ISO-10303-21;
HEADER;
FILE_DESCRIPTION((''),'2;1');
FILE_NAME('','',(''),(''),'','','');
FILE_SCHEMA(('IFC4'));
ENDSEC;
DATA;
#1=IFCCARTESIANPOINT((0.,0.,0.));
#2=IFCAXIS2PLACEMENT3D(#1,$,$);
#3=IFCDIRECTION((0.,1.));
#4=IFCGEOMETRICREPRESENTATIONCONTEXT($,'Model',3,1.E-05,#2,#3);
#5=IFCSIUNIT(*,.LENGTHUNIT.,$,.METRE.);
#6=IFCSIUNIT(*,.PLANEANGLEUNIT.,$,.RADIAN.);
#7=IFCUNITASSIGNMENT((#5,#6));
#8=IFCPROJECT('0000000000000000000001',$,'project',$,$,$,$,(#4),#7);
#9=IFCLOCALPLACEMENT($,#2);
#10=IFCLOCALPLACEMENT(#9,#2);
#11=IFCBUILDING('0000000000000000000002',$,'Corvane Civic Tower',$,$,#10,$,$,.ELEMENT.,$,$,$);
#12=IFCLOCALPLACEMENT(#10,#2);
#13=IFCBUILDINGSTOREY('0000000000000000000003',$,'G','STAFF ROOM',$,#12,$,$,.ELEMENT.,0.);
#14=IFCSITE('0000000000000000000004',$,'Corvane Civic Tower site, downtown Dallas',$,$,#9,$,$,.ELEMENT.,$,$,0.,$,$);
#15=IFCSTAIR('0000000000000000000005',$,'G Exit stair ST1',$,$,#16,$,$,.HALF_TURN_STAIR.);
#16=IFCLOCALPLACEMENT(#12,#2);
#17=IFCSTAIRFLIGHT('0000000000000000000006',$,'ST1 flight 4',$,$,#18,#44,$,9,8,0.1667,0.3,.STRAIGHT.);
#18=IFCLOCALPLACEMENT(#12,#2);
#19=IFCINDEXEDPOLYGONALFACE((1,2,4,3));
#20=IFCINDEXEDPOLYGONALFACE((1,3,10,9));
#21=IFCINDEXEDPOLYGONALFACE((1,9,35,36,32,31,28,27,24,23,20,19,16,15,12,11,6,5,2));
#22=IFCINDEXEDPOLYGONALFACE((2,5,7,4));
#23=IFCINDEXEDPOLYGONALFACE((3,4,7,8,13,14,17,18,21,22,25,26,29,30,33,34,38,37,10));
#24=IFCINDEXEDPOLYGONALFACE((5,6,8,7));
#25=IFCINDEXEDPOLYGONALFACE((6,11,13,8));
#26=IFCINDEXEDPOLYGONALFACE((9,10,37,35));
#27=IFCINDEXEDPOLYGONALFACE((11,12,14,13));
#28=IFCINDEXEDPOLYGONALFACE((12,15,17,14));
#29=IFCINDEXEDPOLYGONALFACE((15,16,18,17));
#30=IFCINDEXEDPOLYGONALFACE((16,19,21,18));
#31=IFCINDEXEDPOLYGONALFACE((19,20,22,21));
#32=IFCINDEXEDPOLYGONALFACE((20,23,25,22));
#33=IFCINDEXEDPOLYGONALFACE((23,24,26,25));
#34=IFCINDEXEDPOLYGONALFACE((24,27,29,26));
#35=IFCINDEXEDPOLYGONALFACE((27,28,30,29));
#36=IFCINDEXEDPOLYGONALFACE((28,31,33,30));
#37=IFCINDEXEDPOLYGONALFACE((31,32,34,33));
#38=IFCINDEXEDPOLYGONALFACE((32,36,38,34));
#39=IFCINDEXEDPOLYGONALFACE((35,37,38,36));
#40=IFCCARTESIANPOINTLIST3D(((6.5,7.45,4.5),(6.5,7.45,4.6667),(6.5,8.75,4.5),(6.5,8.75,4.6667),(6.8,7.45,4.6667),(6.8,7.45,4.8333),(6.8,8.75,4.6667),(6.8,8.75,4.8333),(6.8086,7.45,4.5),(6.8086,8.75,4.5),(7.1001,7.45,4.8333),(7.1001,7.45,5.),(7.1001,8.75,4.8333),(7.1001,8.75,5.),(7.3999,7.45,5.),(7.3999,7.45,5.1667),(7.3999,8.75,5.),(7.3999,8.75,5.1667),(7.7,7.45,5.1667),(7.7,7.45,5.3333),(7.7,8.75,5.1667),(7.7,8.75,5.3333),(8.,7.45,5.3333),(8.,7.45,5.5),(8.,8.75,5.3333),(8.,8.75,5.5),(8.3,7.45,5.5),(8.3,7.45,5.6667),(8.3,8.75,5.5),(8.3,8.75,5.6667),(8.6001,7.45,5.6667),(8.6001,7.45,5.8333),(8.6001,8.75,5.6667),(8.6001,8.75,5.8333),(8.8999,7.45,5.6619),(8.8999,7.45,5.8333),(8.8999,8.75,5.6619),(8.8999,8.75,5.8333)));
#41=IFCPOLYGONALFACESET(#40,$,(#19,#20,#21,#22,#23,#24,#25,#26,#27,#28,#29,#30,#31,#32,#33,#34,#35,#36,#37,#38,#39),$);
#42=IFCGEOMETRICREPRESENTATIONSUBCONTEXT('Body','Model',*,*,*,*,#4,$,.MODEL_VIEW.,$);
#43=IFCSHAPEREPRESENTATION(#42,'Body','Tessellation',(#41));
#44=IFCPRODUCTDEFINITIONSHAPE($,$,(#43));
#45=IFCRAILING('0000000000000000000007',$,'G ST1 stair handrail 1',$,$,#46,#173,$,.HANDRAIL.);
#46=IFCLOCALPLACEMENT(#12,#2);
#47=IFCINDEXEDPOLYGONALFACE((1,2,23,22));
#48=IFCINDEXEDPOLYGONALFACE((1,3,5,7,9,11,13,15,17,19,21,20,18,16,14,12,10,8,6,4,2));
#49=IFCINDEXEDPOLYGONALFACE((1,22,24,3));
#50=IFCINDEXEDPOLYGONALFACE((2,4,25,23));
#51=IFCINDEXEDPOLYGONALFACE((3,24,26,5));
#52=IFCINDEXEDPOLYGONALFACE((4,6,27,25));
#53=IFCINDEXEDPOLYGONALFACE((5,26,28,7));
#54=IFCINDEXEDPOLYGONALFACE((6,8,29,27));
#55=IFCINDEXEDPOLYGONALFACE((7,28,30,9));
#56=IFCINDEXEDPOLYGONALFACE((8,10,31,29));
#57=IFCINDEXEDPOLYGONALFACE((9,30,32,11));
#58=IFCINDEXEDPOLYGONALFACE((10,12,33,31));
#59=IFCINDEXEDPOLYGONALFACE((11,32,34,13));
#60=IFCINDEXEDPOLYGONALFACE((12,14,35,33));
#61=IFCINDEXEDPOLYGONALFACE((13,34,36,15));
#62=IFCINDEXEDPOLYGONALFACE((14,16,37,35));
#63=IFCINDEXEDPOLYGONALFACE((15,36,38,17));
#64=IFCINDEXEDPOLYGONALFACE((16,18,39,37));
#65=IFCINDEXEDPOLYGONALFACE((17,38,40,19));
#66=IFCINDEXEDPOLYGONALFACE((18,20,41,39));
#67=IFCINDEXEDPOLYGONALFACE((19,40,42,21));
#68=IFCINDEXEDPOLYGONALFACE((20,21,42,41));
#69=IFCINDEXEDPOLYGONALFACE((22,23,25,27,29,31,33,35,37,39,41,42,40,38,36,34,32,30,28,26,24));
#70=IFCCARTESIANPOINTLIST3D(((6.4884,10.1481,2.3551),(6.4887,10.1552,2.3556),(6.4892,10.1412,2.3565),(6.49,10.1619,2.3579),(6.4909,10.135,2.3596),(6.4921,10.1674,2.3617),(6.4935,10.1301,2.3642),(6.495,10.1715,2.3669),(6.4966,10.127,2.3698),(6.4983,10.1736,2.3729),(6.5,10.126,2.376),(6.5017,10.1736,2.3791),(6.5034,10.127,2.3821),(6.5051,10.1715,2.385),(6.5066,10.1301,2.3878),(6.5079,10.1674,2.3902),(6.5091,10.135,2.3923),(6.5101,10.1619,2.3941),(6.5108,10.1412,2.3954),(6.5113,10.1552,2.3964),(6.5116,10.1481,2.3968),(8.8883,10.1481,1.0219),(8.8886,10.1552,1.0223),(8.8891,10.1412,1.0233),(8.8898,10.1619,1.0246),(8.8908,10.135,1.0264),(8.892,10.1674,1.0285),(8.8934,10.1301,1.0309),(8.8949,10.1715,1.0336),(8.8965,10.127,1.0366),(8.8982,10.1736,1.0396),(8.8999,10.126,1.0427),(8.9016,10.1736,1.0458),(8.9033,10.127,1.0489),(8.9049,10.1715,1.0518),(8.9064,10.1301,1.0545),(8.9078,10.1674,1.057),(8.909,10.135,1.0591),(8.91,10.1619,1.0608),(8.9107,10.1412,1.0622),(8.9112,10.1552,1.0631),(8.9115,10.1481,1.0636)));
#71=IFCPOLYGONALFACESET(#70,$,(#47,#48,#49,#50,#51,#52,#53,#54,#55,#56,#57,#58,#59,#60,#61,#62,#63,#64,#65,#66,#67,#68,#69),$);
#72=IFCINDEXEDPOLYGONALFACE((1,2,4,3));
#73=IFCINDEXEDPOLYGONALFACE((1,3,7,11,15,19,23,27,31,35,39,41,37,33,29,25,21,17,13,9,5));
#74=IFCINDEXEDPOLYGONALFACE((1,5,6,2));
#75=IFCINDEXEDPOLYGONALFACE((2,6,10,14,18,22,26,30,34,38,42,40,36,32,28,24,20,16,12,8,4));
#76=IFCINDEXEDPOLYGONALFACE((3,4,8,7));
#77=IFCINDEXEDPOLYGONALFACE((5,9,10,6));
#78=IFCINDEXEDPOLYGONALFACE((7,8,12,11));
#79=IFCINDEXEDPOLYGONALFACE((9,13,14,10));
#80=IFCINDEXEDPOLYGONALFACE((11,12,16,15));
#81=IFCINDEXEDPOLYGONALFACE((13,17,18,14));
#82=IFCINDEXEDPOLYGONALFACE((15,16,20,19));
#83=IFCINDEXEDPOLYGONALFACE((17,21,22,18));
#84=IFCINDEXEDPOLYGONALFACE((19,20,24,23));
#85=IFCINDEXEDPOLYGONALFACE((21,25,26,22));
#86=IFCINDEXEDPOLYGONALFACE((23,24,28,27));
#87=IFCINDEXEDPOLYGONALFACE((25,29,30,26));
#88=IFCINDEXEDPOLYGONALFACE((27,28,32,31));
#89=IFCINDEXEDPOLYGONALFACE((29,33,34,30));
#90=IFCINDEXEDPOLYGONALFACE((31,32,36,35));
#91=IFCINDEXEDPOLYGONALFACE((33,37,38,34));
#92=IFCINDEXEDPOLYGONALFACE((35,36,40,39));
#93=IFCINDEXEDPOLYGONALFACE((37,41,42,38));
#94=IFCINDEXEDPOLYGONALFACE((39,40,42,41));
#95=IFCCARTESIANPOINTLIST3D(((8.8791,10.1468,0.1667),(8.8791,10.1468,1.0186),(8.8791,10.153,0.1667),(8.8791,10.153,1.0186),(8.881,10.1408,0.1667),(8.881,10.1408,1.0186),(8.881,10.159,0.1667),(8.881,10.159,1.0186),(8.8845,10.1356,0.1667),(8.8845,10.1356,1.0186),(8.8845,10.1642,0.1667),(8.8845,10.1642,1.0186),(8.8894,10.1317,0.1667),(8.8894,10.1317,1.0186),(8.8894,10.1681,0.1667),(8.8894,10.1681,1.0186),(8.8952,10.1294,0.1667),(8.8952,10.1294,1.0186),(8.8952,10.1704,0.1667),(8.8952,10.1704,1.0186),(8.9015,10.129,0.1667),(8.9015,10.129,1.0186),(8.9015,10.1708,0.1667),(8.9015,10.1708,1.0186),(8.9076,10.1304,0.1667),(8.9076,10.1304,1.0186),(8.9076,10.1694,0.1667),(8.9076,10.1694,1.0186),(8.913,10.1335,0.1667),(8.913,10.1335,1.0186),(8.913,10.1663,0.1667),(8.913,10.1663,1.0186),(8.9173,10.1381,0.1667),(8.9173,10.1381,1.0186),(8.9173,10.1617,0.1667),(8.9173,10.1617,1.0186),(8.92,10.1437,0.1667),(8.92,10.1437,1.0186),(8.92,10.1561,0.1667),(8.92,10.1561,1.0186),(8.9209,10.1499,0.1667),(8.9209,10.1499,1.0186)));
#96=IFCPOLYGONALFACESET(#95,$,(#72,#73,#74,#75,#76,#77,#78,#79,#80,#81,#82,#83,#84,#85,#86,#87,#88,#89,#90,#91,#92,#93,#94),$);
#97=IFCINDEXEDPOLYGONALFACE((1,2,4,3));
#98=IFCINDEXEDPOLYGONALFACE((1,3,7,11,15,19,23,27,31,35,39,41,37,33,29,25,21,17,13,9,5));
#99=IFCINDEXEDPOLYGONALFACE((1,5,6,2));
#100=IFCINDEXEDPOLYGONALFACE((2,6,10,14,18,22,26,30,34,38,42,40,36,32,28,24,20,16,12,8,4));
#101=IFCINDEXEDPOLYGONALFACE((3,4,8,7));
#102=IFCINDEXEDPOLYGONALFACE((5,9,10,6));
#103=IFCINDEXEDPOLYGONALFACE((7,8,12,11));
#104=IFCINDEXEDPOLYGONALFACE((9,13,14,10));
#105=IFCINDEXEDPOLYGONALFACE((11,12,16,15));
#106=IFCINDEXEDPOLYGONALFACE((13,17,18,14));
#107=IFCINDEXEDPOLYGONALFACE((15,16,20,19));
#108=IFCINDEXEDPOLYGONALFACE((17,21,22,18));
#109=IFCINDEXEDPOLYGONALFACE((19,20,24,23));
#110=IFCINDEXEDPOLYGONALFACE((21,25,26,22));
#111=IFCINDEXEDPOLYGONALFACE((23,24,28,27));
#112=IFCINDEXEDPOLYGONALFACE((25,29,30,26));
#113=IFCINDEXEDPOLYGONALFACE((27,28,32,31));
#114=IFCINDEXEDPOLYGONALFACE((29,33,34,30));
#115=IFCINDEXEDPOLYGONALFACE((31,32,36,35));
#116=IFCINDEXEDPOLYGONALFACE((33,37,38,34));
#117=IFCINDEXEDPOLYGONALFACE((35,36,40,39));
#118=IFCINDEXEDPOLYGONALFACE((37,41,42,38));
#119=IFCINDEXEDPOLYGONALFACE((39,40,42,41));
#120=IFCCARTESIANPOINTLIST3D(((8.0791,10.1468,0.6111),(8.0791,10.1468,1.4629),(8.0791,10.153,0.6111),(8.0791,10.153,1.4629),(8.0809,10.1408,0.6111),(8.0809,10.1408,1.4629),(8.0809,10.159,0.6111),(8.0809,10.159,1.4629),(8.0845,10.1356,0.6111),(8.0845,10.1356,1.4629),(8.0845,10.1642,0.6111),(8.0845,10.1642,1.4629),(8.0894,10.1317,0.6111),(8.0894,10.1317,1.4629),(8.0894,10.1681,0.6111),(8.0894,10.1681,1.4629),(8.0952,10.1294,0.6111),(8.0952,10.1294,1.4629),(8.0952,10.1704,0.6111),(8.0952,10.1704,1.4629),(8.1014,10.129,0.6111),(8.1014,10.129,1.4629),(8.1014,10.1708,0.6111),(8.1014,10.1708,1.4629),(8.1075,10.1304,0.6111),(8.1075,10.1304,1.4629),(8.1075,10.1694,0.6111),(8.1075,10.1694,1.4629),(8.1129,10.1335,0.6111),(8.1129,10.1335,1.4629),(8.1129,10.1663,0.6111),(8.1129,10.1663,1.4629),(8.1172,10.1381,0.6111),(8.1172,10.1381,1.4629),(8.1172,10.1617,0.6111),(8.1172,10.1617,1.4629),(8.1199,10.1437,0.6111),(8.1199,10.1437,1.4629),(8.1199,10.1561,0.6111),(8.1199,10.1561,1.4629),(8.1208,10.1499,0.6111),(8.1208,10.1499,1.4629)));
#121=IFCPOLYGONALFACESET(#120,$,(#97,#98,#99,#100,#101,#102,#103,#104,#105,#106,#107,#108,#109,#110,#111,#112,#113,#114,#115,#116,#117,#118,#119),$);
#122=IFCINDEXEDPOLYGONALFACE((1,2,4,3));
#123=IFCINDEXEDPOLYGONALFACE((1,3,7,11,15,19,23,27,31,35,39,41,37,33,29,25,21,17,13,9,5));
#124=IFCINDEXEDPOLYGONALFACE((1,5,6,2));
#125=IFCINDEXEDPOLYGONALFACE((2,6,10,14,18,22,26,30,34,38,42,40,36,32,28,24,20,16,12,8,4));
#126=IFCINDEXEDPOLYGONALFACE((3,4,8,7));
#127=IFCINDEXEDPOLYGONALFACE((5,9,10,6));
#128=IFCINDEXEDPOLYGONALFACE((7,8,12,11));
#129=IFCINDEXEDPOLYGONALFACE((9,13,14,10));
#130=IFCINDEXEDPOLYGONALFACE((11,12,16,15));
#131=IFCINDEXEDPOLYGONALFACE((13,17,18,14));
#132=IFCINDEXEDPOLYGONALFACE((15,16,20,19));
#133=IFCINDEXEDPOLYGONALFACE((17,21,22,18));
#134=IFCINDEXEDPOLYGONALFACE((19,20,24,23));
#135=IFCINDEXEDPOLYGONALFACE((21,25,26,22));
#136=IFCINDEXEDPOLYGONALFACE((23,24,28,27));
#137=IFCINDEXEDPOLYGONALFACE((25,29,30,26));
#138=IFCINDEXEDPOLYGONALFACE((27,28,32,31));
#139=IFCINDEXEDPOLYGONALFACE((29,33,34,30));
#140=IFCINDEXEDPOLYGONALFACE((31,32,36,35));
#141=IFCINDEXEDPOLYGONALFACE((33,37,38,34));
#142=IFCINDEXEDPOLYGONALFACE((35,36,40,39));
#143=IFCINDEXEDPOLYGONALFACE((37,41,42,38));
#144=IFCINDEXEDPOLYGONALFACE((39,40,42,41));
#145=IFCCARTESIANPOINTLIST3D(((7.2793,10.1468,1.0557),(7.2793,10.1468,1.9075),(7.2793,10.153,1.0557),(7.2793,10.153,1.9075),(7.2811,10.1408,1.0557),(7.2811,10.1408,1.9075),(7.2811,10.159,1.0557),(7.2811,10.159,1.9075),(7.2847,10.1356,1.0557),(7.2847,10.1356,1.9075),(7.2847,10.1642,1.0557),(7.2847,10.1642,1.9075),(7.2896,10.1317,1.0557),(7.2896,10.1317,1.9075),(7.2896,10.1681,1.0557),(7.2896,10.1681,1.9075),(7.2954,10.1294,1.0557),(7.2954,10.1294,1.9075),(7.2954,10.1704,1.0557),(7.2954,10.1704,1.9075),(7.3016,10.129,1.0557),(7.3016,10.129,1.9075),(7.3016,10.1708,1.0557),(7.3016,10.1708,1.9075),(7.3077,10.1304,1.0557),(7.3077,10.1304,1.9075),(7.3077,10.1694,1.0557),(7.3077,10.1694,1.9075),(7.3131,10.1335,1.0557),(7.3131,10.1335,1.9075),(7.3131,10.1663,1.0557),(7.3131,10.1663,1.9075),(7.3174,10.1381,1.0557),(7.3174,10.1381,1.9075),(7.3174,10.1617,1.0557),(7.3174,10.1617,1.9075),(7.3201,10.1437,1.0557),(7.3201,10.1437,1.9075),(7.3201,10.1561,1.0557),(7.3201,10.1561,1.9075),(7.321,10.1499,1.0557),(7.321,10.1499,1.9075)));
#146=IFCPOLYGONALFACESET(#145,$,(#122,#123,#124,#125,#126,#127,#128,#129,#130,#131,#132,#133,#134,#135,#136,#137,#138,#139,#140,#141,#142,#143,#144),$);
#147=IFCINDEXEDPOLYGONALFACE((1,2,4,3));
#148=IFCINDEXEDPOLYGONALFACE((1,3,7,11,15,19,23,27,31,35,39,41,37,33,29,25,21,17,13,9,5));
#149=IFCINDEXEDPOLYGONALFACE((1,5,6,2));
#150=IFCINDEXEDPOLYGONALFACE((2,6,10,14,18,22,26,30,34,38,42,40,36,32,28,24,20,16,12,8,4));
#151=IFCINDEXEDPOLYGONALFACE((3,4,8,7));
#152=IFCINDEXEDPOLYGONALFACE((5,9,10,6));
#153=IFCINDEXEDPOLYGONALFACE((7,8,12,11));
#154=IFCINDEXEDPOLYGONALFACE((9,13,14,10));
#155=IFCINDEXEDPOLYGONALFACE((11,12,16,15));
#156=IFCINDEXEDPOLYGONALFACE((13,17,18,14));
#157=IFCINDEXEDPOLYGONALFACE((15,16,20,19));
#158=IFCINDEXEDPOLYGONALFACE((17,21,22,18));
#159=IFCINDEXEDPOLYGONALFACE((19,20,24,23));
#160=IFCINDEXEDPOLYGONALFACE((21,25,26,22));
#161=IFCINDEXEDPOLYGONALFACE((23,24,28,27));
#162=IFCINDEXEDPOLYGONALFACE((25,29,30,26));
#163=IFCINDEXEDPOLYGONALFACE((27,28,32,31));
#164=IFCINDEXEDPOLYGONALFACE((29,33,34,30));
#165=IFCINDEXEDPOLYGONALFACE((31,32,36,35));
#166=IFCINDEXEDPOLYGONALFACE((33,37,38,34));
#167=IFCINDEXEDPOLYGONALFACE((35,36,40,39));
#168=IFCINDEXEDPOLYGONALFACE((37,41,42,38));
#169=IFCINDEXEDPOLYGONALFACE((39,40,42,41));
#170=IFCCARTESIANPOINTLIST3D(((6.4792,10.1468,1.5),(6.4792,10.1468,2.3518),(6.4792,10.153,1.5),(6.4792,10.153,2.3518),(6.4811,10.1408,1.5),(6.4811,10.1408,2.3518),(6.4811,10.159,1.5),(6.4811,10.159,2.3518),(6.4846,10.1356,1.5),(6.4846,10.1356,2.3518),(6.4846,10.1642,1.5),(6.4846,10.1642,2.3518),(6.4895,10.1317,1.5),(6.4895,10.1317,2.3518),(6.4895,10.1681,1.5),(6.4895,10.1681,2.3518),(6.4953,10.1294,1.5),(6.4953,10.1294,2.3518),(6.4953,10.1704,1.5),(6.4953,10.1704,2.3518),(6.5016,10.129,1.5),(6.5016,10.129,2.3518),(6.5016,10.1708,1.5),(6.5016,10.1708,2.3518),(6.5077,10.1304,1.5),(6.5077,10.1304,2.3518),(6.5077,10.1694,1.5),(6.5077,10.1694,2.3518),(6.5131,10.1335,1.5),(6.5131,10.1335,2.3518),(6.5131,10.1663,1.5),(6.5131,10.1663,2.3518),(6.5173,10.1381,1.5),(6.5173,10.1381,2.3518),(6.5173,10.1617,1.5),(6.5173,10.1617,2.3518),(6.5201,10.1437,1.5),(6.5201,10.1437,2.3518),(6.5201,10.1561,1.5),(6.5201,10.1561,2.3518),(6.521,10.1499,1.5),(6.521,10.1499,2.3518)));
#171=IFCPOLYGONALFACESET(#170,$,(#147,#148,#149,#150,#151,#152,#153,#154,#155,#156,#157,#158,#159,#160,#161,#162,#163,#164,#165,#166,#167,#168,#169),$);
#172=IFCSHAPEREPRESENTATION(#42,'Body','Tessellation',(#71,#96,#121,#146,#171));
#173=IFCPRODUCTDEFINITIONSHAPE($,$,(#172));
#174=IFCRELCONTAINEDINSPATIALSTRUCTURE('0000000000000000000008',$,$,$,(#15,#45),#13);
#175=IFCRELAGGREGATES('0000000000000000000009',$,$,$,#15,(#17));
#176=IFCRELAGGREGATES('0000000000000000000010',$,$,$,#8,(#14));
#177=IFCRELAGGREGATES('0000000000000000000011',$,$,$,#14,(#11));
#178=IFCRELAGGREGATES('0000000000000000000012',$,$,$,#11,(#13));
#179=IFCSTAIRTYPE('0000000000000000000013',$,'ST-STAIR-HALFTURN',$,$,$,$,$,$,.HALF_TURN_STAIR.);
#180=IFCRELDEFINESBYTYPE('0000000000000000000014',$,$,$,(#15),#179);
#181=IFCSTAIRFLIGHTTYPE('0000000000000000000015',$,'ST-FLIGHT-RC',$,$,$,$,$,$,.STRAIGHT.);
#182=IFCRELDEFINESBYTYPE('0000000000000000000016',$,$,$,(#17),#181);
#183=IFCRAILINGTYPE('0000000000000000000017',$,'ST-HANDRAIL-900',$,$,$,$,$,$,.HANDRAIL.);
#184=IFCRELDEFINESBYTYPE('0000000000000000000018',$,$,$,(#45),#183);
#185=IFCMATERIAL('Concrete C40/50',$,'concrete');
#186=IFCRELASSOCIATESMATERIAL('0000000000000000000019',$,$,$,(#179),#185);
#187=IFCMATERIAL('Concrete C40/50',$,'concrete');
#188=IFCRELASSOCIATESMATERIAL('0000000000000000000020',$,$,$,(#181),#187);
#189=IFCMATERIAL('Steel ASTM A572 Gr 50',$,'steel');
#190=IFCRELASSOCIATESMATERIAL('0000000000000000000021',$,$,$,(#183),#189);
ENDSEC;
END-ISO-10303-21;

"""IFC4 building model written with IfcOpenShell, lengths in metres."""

from ifc_helpers import new_model, si_unit, direction, frame, origin, origin_2d, place, context, subcontext, project, spatial, polyline, circle, outline, extrude, material, type_object, element, aggregate, save


model = new_model("IFC4")

# Units and contexts
model_context = context("Model", 3, precision=1e-05, world=origin(), true_north=direction((0.0, 1.0)))
body_context = subcontext(model_context, "Body", "Model", "MODEL_VIEW")
ifc_project = project(units=[si_unit("LENGTHUNIT", "METRE"), si_unit("PLANEANGLEUNIT", "RADIAN")], contexts=[model_context])

# Site, building, storey
site_placement = place(None, origin())
site = spatial("IfcSite", under=ifc_project, at=site_placement, Name="Corvane Civic Tower site, downtown Dallas", CompositionType="ELEMENT", RefElevation=0.0)
building_placement = place(site_placement, origin())
building = spatial("IfcBuilding", under=site, at=building_placement, Name="Corvane Civic Tower", CompositionType="ELEMENT")
storey_placement = place(building_placement, origin())
storey = spatial("IfcBuildingStorey", under=building, at=storey_placement, Name="G", Description="STAFF ROOM", CompositionType="ELEMENT", Elevation=0.0)

# Stair, stair flight
ifc_material_1 = material(Name="Concrete C40/50", Category="concrete")
stair_type = type_object("IfcStairType", Name="ST-STAIR-HALFTURN", PredefinedType="HALF_TURN_STAIR", material=ifc_material_1)
stair_placement = place(storey_placement, origin())
stair = element("IfcStair", 1, at=stair_placement, inside=storey, type_object=stair_type, Name="G Exit stair ST1", PredefinedType="HALF_TURN_STAIR")
ifc_material_2 = material(Name="Concrete C40/50", Category="concrete")
stair_flight_type = type_object("IfcStairFlightType", Name="ST-FLIGHT-RC", PredefinedType="STRAIGHT", material=ifc_material_2)
stair_flight_1_placement = place(storey_placement, frame((6.5, 8.1001, 4.5), z_axis=(0.0, 0.0, 1.0), x_axis=(1.0, 0.0, 0.0)))
stair_flight_1 = element("IfcStairFlight", 2, at=stair_flight_1_placement, type_object=stair_flight_type, Name="ST1 flight 4", NumberOfRisers=9, NumberOfTreads=8, PredefinedType="STRAIGHT", RiserHeight=0.1667, TreadLength=0.3, context=body_context, shape_type="SweptSolid", body=[
    extrude(outline(polyline([(0.0, 0.0), (0.0, 0.1667), (0.3, 0.1667), (0.3, 0.3333), (0.6001, 0.3333), (0.6001, 0.5), (0.8999, 0.5), (0.8999, 0.6667), (1.2, 0.6667), (1.2, 0.8333), (1.5, 0.8333), (1.5, 1.0), (1.8, 1.0), (1.8, 1.1667), (2.1001, 1.1667), (2.1001, 1.3333), (2.3999, 1.3333), (2.3999, 1.5), (2.3999, 1.1619), (0.3086, 0.0), (0.0, 0.0)])), frame((0.0, 0.6499, 0.0), z_axis=(0.0, -1.0, 0.0), x_axis=(1.0, 0.0, 0.0)), (0.0, 0.0, 1.0), 1.3),
])
aggregate(stair, [stair_flight_1])

# Railing
ifc_material_3 = material(Name="Steel ASTM A572 Gr 50", Category="steel")
railing_type_1 = type_object("IfcRailingType", Name="ST-HANDRAIL-900", PredefinedType="HANDRAIL", material=ifc_material_3)
railing_1_placement = place(storey_placement, frame((8.8999, 10.1499, 0.1667)))
element("IfcRailing", 3, at=railing_1_placement, inside=storey, type_object=railing_type_1, Name="G ST1 stair handrail 1", PredefinedType="HANDRAIL", context=body_context, shape_type="SweptSolid", body=[
    extrude(circle(Radius=0.0239, at=origin_2d()), frame((0.0, 0.0, 0.876), z_axis=(-0.874161, 0.0, 0.485635), x_axis=(0.0, -1.0, 0.0)), (0.0, 0.0, 1.0), 2.7454),
    extrude(circle(Radius=0.021, at=origin_2d()), origin(), (0.0, 0.0, 1.0), 0.8518),
    extrude(circle(Radius=0.021, at=origin_2d()), frame((-0.8, 0.0, 0.4443)), (0.0, 0.0, 1.0), 0.8518),
    extrude(circle(Radius=0.021, at=origin_2d()), frame((-1.5999, 0.0, 0.8889)), (0.0, 0.0, 1.0), 0.8518),
    extrude(circle(Radius=0.021, at=origin_2d()), frame((-2.3999, 0.0, 1.3333)), (0.0, 0.0, 1.0), 0.8518),
])

save(model, "model.ifc")
